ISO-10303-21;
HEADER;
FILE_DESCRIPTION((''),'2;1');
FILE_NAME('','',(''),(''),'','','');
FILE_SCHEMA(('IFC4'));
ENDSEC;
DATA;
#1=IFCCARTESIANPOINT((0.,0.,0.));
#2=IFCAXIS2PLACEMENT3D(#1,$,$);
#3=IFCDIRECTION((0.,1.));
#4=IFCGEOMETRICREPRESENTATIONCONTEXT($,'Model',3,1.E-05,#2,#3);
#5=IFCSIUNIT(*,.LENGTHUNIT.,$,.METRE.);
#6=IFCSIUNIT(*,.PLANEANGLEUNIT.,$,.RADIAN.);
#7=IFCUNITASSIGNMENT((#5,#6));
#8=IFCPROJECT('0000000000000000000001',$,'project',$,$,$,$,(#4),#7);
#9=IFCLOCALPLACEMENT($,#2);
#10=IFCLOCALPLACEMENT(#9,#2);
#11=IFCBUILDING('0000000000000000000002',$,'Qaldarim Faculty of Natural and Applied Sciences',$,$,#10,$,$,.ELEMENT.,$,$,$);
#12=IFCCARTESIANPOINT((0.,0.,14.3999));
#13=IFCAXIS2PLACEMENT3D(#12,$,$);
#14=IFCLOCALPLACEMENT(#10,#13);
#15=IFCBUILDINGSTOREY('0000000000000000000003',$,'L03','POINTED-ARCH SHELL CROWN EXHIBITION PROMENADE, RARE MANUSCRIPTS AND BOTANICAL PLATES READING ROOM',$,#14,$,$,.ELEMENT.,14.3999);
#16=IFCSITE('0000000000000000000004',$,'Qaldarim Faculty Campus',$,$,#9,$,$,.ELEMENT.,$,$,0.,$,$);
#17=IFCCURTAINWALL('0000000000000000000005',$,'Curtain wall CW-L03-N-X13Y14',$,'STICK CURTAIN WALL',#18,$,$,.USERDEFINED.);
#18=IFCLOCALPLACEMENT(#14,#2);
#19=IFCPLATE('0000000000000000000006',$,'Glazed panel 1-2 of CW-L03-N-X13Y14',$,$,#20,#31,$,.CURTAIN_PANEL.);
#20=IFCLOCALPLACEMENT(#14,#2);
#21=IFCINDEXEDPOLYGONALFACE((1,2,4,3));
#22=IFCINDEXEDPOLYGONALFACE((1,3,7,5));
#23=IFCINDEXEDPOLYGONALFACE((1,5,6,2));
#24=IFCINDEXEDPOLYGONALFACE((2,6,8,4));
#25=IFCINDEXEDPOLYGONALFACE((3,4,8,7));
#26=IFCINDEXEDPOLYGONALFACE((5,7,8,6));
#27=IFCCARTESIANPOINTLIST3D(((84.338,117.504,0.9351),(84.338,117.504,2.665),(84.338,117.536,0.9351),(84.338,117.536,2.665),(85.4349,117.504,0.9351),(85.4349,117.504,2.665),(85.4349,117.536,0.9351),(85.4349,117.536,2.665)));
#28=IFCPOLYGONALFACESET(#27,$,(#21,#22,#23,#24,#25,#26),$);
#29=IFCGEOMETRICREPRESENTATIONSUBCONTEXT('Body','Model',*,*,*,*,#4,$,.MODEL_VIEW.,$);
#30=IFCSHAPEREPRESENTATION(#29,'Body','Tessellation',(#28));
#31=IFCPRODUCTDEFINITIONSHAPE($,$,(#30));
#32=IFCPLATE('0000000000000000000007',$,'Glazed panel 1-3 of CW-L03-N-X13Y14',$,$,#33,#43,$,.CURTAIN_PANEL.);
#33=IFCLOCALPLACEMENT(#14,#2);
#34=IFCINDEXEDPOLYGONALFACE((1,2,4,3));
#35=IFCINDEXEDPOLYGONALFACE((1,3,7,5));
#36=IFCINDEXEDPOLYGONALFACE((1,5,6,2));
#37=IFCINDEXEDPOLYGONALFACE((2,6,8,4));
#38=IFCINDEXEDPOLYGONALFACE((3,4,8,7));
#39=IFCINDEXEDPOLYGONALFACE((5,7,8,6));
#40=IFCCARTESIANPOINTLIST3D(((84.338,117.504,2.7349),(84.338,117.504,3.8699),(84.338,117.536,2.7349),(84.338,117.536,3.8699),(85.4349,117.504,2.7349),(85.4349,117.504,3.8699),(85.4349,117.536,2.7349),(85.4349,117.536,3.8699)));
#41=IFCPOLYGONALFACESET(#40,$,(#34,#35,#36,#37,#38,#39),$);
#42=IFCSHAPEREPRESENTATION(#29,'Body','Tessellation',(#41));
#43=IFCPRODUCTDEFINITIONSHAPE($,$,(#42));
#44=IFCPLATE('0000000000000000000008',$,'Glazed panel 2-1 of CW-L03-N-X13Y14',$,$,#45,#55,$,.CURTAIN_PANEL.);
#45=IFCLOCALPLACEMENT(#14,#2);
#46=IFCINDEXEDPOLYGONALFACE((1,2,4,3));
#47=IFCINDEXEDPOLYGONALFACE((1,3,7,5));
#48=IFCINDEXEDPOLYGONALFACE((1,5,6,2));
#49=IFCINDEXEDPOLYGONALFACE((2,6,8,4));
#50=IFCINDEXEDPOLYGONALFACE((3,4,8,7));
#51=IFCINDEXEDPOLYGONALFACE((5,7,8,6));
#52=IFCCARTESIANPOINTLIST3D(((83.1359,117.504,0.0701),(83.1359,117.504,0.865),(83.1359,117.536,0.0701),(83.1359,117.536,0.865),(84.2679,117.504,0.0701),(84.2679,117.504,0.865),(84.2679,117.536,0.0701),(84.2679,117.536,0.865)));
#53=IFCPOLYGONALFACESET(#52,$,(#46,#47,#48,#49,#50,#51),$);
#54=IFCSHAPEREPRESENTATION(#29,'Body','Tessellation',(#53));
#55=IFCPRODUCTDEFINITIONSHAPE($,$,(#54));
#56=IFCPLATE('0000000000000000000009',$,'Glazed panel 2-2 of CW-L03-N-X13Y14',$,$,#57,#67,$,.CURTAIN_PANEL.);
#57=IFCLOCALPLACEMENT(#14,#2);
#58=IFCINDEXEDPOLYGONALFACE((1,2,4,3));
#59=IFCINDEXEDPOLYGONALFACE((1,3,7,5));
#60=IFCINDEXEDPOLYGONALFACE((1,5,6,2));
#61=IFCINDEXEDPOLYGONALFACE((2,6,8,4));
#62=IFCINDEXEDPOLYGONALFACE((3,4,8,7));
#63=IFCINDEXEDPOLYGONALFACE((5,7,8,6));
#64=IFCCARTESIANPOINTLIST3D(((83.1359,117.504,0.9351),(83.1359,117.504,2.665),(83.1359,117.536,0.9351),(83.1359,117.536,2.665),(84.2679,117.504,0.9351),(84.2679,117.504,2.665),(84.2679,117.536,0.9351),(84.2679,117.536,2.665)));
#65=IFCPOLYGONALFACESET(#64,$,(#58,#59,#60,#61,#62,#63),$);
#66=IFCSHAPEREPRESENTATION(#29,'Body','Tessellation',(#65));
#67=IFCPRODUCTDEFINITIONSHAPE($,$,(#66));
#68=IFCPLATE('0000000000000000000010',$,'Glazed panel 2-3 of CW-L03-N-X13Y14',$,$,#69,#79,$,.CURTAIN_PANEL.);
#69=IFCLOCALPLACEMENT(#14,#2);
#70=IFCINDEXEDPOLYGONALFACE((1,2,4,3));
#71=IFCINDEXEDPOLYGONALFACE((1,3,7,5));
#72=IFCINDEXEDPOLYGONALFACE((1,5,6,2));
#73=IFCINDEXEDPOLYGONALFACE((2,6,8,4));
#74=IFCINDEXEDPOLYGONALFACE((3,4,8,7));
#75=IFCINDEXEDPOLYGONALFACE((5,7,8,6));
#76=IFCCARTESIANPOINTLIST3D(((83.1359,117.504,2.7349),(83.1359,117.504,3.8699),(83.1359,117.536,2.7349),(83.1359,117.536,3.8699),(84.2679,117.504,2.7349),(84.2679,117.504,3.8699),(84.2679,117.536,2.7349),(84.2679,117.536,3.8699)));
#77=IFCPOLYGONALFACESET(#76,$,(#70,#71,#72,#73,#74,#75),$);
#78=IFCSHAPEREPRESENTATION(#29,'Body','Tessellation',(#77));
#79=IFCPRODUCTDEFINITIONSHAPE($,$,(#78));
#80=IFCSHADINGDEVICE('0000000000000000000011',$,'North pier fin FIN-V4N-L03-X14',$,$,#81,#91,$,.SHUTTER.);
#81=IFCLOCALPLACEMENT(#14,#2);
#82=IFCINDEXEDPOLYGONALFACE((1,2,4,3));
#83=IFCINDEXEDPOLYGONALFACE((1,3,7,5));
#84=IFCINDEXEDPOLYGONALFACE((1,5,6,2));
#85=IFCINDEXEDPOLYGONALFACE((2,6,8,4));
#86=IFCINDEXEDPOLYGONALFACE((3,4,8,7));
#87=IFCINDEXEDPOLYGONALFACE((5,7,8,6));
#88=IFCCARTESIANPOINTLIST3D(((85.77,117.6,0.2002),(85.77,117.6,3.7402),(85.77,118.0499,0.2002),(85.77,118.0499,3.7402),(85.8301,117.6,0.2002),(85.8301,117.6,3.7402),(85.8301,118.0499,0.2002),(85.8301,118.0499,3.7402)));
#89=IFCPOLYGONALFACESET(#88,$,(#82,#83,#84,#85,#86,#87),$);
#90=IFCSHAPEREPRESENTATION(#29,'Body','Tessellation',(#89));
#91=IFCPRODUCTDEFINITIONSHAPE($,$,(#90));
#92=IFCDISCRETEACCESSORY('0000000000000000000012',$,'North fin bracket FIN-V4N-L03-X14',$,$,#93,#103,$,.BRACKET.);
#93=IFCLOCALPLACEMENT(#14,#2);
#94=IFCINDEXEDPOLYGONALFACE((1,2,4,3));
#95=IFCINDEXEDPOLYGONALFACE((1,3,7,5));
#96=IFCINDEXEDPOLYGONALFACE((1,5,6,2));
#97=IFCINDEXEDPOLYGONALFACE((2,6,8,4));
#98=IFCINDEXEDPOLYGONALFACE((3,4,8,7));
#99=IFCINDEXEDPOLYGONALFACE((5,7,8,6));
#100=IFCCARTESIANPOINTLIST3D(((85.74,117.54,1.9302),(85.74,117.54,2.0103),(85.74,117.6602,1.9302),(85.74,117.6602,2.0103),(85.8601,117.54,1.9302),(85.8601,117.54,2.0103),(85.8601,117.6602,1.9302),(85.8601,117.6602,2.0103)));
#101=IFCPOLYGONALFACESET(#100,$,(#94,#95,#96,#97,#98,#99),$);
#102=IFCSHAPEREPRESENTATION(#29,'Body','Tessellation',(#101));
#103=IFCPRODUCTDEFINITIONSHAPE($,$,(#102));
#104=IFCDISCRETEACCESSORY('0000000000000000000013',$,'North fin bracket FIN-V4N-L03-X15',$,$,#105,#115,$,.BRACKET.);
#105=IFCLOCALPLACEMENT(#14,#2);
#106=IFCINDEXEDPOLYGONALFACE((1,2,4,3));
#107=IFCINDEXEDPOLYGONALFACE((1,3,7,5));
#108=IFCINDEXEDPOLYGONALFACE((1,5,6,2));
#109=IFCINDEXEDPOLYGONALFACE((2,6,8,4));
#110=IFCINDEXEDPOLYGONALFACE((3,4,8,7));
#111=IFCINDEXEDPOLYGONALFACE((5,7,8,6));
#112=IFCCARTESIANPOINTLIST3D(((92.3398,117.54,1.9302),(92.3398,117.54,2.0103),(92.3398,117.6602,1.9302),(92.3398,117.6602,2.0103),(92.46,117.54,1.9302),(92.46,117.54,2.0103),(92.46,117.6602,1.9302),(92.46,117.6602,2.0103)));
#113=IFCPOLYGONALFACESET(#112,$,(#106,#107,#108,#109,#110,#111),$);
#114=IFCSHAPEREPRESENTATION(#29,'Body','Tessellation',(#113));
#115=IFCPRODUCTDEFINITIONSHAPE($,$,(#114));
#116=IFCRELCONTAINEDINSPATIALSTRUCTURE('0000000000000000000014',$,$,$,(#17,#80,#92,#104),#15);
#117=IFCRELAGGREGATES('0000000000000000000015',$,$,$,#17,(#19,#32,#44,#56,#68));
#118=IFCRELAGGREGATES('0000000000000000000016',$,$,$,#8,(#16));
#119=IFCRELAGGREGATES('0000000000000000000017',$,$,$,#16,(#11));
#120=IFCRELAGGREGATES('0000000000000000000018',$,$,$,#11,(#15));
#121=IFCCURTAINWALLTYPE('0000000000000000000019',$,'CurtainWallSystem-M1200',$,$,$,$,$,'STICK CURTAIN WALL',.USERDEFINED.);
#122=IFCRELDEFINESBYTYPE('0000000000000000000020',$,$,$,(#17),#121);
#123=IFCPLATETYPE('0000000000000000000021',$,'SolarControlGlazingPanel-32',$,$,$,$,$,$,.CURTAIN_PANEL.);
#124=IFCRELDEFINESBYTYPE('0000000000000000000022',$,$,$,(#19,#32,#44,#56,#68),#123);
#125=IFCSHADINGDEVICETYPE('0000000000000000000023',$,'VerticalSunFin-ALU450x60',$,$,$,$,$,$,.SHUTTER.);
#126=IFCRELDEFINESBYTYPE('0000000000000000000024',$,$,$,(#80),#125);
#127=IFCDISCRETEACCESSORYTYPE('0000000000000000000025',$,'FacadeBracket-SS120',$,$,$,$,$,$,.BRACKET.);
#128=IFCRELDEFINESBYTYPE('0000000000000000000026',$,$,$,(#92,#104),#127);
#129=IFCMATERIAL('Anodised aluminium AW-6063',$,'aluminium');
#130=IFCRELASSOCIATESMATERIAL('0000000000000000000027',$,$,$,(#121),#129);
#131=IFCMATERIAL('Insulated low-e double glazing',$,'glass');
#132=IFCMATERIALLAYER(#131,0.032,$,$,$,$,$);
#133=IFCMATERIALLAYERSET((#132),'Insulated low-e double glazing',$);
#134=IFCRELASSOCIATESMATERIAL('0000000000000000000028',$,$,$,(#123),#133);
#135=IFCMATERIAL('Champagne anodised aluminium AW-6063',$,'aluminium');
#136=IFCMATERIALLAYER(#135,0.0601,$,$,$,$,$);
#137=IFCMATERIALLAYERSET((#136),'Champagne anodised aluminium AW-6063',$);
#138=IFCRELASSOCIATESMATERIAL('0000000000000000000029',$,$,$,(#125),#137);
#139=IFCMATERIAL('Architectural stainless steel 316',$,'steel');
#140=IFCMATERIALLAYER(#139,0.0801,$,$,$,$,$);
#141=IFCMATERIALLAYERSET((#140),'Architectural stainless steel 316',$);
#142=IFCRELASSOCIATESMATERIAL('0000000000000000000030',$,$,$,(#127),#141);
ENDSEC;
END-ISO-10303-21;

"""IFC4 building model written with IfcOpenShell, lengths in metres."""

from ifc_helpers import new_model, si_unit, direction, frame, origin, origin_2d, place, context, subcontext, project, spatial, rectangle, extrude, material, layer, layer_set, type_object, element, aggregate, save


model = new_model("IFC4")

# Units and contexts
model_context = context("Model", 3, precision=1e-05, world=origin(), true_north=direction((0.0, 1.0)))
body_context = subcontext(model_context, "Body", "Model", "MODEL_VIEW")
ifc_project = project(units=[si_unit("LENGTHUNIT", "METRE"), si_unit("PLANEANGLEUNIT", "RADIAN")], contexts=[model_context])

# Site, building, storey
site_placement = place(None, origin())
site = spatial("IfcSite", under=ifc_project, at=site_placement, Name="Qaldarim Faculty Campus", CompositionType="ELEMENT", RefElevation=0.0)
building_placement = place(site_placement, origin())
building = spatial("IfcBuilding", under=site, at=building_placement, Name="Qaldarim Faculty of Natural and Applied Sciences", CompositionType="ELEMENT")
storey_placement = place(building_placement, frame((0.0, 0.0, 14.3999)))
storey = spatial("IfcBuildingStorey", under=building, at=storey_placement, Name="L03", Description="POINTED-ARCH SHELL CROWN EXHIBITION PROMENADE, RARE MANUSCRIPTS AND BOTANICAL PLATES READING ROOM", CompositionType="ELEMENT", Elevation=14.3999)

# Curtain wall
ifc_material_1 = material(Name="Anodised aluminium AW-6063", Category="aluminium")
curtain_wall_type = type_object("IfcCurtainWallType", Name="CurtainWallSystem-M1200", ElementType="STICK CURTAIN WALL", PredefinedType="USERDEFINED", material=ifc_material_1)
curtain_wall_placement = place(storey_placement, origin())
curtain_wall = element("IfcCurtainWall", 1, at=curtain_wall_placement, inside=storey, type_object=curtain_wall_type, Name="Curtain wall CW-L03-N-X13Y14", ObjectType="STICK CURTAIN WALL", PredefinedType="USERDEFINED")

# Plates
ifc_material_2 = material(Name="Insulated low-e double glazing", Category="glass")
ifc_layer_1 = layer(ifc_material_2, 0.032)
ifc_layer_set_1 = layer_set([ifc_layer_1], Name="Insulated low-e double glazing")
plate_type = type_object("IfcPlateType", Name="SolarControlGlazingPanel-32", PredefinedType="CURTAIN_PANEL", material=ifc_layer_set_1)
plate_1_placement = place(storey_placement, frame((84.8865, 117.52, 0.9351), z_axis=(0.0, 0.0, 1.0), x_axis=(-1.0, 0.0, 0.0)))
plate_1 = element("IfcPlate", 2, at=plate_1_placement, type_object=plate_type, Name="Glazed panel 1-2 of CW-L03-N-X13Y14", PredefinedType="CURTAIN_PANEL", context=body_context, shape_type="SweptSolid", body=[
    extrude(rectangle(XDim=1.0969, YDim=0.032, at=origin_2d()), origin(), (0.0, 0.0, 1.0), 1.73),
])
plate_2_placement = place(storey_placement, frame((84.8865, 117.52, 2.7349), z_axis=(0.0, 0.0, 1.0), x_axis=(-1.0, 0.0, 0.0)))
plate_2 = element("IfcPlate", 3, at=plate_2_placement, type_object=plate_type, Name="Glazed panel 1-3 of CW-L03-N-X13Y14", PredefinedType="CURTAIN_PANEL", context=body_context, shape_type="SweptSolid", body=[
    extrude(rectangle(XDim=1.0969, YDim=0.032, at=origin_2d()), origin(), (0.0, 0.0, 1.0), 1.135),
])
plate_3_placement = place(storey_placement, frame((83.7019, 117.52, 0.0701), z_axis=(0.0, 0.0, 1.0), x_axis=(-1.0, 0.0, 0.0)))
plate_3 = element("IfcPlate", 4, at=plate_3_placement, type_object=plate_type, Name="Glazed panel 2-1 of CW-L03-N-X13Y14", PredefinedType="CURTAIN_PANEL", context=body_context, shape_type="SweptSolid", body=[
    extrude(rectangle(XDim=1.1321, YDim=0.032, at=origin_2d()), origin(), (0.0, 0.0, 1.0), 0.7949),
])
plate_4_placement = place(storey_placement, frame((83.7019, 117.52, 0.9351), z_axis=(0.0, 0.0, 1.0), x_axis=(-1.0, 0.0, 0.0)))
plate_4 = element("IfcPlate", 5, at=plate_4_placement, type_object=plate_type, Name="Glazed panel 2-2 of CW-L03-N-X13Y14", PredefinedType="CURTAIN_PANEL", context=body_context, shape_type="SweptSolid", body=[
    extrude(rectangle(XDim=1.1321, YDim=0.032, at=origin_2d()), origin(), (0.0, 0.0, 1.0), 1.73),
])
plate_5_placement = place(storey_placement, frame((83.7019, 117.52, 2.7349), z_axis=(0.0, 0.0, 1.0), x_axis=(-1.0, 0.0, 0.0)))
plate_5 = element("IfcPlate", 6, at=plate_5_placement, type_object=plate_type, Name="Glazed panel 2-3 of CW-L03-N-X13Y14", PredefinedType="CURTAIN_PANEL", context=body_context, shape_type="SweptSolid", body=[
    extrude(rectangle(XDim=1.1321, YDim=0.032, at=origin_2d()), origin(), (0.0, 0.0, 1.0), 1.135),
])
aggregate(curtain_wall, [plate_1, plate_2, plate_3, plate_4, plate_5])

# Shading device
ifc_material_3 = material(Name="Champagne anodised aluminium AW-6063", Category="aluminium")
ifc_layer_2 = layer(ifc_material_3, 0.0601)
ifc_layer_set_2 = layer_set([ifc_layer_2], Name="Champagne anodised aluminium AW-6063")
shading_device_type = type_object("IfcShadingDeviceType", Name="VerticalSunFin-ALU450x60", PredefinedType="SHUTTER", material=ifc_layer_set_2)
shading_device_placement = place(storey_placement, frame((85.8, 117.825, 0.2002), z_axis=(0.0, 0.0, 1.0), x_axis=(1.0, 0.0, 0.0)))
element("IfcShadingDevice", 7, at=shading_device_placement, inside=storey, type_object=shading_device_type, Name="North pier fin FIN-V4N-L03-X14", PredefinedType="SHUTTER", context=body_context, shape_type="SweptSolid", body=[
    extrude(rectangle(XDim=0.0601, YDim=0.45, at=origin_2d()), origin(), (0.0, 0.0, 1.0), 3.54),
])

# Discrete accessories
ifc_material_4 = material(Name="Architectural stainless steel 316", Category="steel")
ifc_layer_3 = layer(ifc_material_4, 0.0801)
ifc_layer_set_3 = layer_set([ifc_layer_3], Name="Architectural stainless steel 316")
discrete_accessory_type = type_object("IfcDiscreteAccessoryType", Name="FacadeBracket-SS120", PredefinedType="BRACKET", material=ifc_layer_set_3)
for number, where, z_axis, x_axis, name in (
    (8, (85.8, 117.6001, 1.9302), (0.0, 0.0, 1.0), (1.0, 0.0, 0.0), "North fin bracket FIN-V4N-L03-X14"),
    (9, (92.3999, 117.6001, 1.9302), (0.0, 0.0, 1.0), (1.0, 0.0, 0.0), "North fin bracket FIN-V4N-L03-X15"),
):
    element("IfcDiscreteAccessory", number, at=place(storey_placement, frame(where, z_axis=z_axis, x_axis=x_axis)), inside=storey, type_object=discrete_accessory_type, Name=name, PredefinedType="BRACKET", context=body_context, shape_type="SweptSolid", body=[
        extrude(rectangle(XDim=0.1201, YDim=0.1201, at=origin_2d()), origin(), (0.0, 0.0, 1.0), 0.0801),
    ])

save(model, "model.ifc")
